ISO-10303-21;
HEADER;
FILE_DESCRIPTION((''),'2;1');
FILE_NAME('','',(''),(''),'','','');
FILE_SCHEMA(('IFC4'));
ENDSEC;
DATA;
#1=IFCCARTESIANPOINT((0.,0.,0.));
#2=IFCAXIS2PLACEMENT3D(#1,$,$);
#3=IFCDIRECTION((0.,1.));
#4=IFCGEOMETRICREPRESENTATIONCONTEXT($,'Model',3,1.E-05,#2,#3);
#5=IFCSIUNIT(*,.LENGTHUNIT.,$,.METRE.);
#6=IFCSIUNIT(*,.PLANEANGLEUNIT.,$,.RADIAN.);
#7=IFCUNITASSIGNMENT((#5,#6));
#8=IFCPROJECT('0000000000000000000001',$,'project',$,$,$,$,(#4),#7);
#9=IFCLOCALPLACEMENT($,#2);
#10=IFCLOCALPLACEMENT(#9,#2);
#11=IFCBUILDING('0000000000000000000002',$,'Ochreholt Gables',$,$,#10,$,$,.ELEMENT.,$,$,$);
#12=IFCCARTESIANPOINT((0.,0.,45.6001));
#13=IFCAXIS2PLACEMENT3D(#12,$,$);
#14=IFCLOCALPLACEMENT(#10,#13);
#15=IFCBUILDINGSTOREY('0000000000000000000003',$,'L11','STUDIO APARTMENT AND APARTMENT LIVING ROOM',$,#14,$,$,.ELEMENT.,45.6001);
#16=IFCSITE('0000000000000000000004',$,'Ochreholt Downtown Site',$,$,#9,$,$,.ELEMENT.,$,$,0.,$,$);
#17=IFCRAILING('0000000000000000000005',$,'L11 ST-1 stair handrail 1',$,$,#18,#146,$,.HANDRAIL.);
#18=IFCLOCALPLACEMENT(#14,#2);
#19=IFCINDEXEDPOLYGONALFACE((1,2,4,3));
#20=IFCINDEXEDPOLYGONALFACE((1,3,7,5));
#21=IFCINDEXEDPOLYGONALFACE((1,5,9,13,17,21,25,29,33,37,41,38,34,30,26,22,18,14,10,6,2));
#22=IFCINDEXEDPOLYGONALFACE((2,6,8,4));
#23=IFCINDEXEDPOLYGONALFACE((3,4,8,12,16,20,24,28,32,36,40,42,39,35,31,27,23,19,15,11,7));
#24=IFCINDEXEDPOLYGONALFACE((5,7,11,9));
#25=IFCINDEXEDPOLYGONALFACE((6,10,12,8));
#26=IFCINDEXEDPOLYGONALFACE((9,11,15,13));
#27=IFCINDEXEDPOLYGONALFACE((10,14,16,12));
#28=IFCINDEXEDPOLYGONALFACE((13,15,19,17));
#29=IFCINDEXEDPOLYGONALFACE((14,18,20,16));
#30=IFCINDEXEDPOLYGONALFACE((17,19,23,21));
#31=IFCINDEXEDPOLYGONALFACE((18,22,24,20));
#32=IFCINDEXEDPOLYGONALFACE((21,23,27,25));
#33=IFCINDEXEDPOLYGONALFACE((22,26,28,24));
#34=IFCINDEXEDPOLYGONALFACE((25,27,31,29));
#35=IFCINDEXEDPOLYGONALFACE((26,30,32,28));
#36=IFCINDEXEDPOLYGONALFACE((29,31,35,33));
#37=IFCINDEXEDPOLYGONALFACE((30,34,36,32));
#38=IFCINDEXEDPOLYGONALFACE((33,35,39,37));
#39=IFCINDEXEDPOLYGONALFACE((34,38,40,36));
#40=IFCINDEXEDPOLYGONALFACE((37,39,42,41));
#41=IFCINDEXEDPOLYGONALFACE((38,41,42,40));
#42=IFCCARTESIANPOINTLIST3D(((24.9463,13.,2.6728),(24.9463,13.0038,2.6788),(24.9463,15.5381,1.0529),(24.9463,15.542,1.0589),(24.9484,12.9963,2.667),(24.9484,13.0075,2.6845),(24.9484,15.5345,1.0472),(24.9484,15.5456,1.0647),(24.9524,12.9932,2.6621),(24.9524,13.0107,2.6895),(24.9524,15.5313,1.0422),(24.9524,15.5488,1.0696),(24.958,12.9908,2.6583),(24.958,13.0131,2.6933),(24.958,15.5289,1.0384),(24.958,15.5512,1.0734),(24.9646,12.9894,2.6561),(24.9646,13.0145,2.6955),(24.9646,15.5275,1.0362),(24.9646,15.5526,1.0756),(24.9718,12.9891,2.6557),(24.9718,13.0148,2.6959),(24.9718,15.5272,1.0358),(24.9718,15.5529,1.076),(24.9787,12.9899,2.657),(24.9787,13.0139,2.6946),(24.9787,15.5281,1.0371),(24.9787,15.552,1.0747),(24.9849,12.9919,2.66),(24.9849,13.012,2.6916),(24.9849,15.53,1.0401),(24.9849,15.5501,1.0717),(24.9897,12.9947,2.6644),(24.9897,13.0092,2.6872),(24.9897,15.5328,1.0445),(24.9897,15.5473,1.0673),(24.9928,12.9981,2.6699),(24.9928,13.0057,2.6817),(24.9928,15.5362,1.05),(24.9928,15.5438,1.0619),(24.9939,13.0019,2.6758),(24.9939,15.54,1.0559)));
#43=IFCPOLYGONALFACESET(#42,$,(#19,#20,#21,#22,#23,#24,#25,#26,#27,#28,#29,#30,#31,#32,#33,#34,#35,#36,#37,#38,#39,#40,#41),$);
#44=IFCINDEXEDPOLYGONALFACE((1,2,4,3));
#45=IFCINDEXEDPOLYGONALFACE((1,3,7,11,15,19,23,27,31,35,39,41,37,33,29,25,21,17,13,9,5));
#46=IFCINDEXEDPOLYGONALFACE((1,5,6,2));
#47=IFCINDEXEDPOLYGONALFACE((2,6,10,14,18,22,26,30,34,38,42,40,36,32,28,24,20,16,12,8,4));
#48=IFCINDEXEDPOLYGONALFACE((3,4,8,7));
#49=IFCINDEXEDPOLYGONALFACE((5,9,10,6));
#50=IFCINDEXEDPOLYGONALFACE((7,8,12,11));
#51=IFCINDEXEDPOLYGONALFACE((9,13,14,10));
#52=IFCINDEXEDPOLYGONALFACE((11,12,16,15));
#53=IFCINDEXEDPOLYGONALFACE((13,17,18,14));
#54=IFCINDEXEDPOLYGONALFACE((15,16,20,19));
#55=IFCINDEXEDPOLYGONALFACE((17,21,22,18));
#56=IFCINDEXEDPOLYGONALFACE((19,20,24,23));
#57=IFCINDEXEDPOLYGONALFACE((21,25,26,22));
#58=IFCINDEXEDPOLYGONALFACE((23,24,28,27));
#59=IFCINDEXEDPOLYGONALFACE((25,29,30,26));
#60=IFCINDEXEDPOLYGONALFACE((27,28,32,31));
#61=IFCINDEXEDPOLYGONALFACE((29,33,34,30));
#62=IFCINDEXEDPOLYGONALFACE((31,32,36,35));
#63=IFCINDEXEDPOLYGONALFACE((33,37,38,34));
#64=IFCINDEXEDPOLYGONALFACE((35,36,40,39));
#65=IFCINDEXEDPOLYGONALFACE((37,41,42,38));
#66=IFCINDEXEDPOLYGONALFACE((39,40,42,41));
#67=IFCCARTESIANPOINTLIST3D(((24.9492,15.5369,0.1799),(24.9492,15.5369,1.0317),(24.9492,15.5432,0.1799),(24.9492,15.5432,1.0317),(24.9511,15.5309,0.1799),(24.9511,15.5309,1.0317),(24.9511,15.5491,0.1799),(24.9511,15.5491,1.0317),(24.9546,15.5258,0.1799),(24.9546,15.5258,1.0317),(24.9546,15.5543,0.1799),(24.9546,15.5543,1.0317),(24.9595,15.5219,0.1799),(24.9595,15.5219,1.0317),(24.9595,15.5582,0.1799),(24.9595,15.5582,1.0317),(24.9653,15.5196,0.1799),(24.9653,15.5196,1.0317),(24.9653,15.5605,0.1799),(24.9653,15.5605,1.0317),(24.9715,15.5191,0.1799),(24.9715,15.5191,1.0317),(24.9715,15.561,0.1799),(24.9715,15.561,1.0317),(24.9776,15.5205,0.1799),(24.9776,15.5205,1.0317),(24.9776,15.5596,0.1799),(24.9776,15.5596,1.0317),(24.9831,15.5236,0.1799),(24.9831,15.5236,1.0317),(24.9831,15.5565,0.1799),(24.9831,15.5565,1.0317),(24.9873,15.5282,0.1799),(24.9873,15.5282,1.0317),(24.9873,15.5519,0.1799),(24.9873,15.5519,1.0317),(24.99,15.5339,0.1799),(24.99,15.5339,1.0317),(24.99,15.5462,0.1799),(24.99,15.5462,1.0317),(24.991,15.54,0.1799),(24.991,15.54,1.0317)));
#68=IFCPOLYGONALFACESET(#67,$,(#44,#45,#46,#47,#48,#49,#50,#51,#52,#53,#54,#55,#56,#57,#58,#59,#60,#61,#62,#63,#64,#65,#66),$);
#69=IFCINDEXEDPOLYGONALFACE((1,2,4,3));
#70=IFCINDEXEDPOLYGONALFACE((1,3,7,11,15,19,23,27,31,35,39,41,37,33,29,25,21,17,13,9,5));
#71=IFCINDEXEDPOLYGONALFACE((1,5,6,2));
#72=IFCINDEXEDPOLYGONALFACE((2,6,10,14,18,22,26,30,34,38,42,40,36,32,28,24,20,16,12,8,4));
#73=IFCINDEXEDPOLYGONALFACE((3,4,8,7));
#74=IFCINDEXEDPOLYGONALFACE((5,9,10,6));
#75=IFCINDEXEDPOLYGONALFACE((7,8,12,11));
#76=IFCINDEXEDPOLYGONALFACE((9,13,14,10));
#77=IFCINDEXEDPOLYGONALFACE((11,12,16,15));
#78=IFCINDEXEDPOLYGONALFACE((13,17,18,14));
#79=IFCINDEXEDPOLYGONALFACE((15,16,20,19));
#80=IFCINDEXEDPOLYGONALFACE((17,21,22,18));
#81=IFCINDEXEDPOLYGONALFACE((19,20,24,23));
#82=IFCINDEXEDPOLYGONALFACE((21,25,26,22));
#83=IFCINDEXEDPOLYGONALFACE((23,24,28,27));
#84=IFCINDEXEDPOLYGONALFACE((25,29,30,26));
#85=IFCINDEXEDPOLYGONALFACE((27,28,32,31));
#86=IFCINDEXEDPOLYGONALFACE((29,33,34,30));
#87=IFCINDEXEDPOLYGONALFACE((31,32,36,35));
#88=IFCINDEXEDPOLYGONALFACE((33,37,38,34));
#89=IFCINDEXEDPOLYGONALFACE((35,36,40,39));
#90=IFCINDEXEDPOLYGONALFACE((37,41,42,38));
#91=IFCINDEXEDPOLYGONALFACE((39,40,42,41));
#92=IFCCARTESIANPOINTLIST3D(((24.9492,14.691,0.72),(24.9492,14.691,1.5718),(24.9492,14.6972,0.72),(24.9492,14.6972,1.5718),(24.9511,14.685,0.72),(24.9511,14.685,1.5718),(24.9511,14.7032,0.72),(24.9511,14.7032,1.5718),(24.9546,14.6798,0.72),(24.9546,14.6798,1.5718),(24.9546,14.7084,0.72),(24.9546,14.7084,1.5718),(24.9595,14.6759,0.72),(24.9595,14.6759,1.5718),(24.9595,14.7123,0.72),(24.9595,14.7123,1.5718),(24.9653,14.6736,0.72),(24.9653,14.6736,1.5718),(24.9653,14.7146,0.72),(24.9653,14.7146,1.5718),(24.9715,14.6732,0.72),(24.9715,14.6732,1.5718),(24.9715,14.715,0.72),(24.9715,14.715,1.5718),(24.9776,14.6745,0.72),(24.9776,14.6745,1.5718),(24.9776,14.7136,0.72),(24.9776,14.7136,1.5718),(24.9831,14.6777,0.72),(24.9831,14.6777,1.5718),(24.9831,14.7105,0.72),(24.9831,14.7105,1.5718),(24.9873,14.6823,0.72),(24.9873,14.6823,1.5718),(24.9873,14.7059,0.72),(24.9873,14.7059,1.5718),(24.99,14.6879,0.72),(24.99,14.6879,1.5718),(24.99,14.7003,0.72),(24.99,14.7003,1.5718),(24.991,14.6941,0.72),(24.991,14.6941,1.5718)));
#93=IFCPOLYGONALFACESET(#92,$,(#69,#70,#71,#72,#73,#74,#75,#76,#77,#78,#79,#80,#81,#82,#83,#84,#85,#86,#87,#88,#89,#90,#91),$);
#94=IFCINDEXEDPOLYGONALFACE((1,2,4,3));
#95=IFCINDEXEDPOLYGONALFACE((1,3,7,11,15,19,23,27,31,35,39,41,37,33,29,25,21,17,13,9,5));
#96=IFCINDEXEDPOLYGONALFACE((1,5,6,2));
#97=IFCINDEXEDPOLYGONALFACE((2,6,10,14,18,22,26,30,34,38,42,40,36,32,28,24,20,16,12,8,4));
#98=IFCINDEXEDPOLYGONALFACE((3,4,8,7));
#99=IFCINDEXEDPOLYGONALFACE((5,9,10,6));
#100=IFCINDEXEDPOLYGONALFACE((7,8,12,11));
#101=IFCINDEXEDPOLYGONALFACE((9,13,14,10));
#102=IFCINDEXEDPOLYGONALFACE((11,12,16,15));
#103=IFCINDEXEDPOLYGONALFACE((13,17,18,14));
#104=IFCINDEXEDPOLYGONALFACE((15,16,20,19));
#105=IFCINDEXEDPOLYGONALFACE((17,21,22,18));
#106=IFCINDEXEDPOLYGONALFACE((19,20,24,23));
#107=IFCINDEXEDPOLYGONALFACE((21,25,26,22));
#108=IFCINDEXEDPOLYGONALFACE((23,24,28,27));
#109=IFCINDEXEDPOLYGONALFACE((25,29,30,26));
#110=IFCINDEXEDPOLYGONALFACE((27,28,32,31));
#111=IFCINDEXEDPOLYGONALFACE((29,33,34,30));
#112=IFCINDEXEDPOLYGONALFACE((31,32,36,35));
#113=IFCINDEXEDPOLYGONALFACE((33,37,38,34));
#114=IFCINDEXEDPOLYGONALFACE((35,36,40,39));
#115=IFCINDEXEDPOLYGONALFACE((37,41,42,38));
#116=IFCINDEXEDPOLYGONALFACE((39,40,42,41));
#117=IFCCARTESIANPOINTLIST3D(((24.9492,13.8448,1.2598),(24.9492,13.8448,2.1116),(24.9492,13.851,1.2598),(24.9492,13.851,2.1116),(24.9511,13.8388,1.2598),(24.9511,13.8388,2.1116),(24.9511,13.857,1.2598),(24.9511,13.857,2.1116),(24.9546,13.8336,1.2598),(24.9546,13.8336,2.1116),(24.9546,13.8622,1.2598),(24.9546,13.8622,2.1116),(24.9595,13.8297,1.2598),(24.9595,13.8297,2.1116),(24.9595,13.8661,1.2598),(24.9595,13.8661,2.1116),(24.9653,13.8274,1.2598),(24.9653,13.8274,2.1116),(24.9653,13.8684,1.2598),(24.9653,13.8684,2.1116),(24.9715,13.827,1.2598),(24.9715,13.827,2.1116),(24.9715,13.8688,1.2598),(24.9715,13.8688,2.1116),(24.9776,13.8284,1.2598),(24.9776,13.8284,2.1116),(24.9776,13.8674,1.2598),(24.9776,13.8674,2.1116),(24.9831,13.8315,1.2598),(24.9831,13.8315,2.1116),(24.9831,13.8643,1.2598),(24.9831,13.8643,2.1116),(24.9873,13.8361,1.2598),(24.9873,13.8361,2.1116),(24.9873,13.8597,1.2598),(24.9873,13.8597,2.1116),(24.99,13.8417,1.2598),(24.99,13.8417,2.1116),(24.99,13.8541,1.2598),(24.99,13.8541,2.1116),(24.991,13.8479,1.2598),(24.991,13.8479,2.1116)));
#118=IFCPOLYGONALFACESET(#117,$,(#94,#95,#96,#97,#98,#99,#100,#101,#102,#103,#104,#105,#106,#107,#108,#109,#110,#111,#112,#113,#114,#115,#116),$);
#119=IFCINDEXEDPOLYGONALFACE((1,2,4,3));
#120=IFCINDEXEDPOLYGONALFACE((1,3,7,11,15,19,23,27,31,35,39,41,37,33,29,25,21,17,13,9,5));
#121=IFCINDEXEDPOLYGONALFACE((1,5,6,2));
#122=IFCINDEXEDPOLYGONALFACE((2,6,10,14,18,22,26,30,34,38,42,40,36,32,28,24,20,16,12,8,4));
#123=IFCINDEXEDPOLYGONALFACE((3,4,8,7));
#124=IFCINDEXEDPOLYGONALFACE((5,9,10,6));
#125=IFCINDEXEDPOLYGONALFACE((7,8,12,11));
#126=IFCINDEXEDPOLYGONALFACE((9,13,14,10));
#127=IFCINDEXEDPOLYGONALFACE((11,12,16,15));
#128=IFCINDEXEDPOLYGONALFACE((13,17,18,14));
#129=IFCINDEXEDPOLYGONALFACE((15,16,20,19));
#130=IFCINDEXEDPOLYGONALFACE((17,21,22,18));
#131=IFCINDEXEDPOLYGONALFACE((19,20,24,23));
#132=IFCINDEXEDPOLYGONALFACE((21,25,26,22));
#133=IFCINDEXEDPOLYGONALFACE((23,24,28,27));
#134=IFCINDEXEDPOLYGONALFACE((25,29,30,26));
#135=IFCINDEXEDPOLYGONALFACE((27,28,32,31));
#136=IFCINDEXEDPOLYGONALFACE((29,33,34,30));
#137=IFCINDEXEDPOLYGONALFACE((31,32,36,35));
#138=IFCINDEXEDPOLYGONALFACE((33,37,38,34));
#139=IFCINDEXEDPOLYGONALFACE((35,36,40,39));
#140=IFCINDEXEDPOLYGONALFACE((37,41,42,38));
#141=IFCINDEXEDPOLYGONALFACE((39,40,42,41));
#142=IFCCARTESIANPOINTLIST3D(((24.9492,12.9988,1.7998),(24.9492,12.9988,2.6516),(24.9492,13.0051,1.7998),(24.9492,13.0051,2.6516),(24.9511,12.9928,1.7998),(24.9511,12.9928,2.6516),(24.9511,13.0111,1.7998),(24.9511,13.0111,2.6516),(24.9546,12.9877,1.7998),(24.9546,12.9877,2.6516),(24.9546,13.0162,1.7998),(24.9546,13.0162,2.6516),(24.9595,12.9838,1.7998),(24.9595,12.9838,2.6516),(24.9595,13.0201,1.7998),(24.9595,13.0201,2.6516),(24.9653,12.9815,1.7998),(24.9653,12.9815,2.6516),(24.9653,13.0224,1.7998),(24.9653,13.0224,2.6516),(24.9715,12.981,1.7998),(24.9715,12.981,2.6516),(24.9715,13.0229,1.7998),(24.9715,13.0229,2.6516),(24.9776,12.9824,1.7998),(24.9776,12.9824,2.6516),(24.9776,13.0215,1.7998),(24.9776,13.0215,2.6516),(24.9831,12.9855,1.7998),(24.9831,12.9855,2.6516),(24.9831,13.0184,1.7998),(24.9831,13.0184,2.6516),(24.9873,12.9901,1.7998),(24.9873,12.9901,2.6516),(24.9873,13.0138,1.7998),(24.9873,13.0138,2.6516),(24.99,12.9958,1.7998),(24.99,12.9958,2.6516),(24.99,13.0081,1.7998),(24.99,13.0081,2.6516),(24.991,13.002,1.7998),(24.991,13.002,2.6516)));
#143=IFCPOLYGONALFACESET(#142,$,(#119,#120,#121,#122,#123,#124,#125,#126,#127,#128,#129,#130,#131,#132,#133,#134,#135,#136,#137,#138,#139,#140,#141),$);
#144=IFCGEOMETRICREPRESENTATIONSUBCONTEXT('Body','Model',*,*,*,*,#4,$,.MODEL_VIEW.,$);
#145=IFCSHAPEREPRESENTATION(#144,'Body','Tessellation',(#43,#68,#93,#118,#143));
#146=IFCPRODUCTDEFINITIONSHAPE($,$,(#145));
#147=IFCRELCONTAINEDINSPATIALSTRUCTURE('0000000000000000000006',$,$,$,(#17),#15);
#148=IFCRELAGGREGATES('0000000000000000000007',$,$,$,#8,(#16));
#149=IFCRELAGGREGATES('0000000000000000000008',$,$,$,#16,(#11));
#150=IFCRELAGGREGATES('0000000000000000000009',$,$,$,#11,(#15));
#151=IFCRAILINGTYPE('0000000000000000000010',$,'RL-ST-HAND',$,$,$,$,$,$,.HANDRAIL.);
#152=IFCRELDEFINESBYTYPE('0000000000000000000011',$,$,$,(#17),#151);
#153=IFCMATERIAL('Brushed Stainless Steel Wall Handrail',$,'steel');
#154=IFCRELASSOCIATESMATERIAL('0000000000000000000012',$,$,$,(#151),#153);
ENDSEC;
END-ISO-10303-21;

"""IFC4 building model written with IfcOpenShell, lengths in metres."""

from ifc_helpers import new_model, si_unit, direction, frame, origin, origin_2d, place, context, subcontext, project, spatial, circle, extrude, material, type_object, element, save


model = new_model("IFC4")

# Units and contexts
model_context = context("Model", 3, precision=1e-05, world=origin(), true_north=direction((0.0, 1.0)))
body_context = subcontext(model_context, "Body", "Model", "MODEL_VIEW")
ifc_project = project(units=[si_unit("LENGTHUNIT", "METRE"), si_unit("PLANEANGLEUNIT", "RADIAN")], contexts=[model_context])

# Site, building, storey
site_placement = place(None, origin())
site = spatial("IfcSite", under=ifc_project, at=site_placement, Name="Ochreholt Downtown Site", CompositionType="ELEMENT", RefElevation=0.0)
building_placement = place(site_placement, origin())
building = spatial("IfcBuilding", under=site, at=building_placement, Name="Ochreholt Gables", CompositionType="ELEMENT")
storey_placement = place(building_placement, frame((0.0, 0.0, 45.6001)))
storey = spatial("IfcBuildingStorey", under=building, at=storey_placement, Name="L11", Description="STUDIO APARTMENT AND APARTMENT LIVING ROOM", CompositionType="ELEMENT", Elevation=45.6001)

# Railing
ifc_material_1 = material(Name="Brushed Stainless Steel Wall Handrail", Category="steel")
railing_type_1 = type_object("IfcRailingType", Name="RL-ST-HAND", PredefinedType="HANDRAIL", material=ifc_material_1)
railing_1_placement = place(storey_placement, frame((24.97, 15.54, 0.1799)))
element("IfcRailing", 1, at=railing_1_placement, inside=storey, type_object=railing_type_1, Name="L11 ST-1 stair handrail 1", PredefinedType="HANDRAIL", context=body_context, shape_type="SweptSolid", body=[
    extrude(circle(Radius=0.0239, at=origin_2d()), frame((0.0, 0.0, 0.876), z_axis=(0.0, -0.84295, 0.537993), x_axis=(1.0, 0.0, 0.0)), (0.0, 0.0, 1.0), 3.011),
    extrude(circle(Radius=0.021, at=origin_2d()), origin(), (0.0, 0.0, 1.0), 0.8518),
    extrude(circle(Radius=0.021, at=origin_2d()), frame((0.0, -0.8459, 0.54)), (0.0, 0.0, 1.0), 0.8518),
    extrude(circle(Radius=0.021, at=origin_2d()), frame((0.0, -1.6921, 1.0798)), (0.0, 0.0, 1.0), 0.8518),
    extrude(circle(Radius=0.021, at=origin_2d()), frame((0.0, -2.5381, 1.6199)), (0.0, 0.0, 1.0), 0.8518),
])

save(model, "model.ifc")
